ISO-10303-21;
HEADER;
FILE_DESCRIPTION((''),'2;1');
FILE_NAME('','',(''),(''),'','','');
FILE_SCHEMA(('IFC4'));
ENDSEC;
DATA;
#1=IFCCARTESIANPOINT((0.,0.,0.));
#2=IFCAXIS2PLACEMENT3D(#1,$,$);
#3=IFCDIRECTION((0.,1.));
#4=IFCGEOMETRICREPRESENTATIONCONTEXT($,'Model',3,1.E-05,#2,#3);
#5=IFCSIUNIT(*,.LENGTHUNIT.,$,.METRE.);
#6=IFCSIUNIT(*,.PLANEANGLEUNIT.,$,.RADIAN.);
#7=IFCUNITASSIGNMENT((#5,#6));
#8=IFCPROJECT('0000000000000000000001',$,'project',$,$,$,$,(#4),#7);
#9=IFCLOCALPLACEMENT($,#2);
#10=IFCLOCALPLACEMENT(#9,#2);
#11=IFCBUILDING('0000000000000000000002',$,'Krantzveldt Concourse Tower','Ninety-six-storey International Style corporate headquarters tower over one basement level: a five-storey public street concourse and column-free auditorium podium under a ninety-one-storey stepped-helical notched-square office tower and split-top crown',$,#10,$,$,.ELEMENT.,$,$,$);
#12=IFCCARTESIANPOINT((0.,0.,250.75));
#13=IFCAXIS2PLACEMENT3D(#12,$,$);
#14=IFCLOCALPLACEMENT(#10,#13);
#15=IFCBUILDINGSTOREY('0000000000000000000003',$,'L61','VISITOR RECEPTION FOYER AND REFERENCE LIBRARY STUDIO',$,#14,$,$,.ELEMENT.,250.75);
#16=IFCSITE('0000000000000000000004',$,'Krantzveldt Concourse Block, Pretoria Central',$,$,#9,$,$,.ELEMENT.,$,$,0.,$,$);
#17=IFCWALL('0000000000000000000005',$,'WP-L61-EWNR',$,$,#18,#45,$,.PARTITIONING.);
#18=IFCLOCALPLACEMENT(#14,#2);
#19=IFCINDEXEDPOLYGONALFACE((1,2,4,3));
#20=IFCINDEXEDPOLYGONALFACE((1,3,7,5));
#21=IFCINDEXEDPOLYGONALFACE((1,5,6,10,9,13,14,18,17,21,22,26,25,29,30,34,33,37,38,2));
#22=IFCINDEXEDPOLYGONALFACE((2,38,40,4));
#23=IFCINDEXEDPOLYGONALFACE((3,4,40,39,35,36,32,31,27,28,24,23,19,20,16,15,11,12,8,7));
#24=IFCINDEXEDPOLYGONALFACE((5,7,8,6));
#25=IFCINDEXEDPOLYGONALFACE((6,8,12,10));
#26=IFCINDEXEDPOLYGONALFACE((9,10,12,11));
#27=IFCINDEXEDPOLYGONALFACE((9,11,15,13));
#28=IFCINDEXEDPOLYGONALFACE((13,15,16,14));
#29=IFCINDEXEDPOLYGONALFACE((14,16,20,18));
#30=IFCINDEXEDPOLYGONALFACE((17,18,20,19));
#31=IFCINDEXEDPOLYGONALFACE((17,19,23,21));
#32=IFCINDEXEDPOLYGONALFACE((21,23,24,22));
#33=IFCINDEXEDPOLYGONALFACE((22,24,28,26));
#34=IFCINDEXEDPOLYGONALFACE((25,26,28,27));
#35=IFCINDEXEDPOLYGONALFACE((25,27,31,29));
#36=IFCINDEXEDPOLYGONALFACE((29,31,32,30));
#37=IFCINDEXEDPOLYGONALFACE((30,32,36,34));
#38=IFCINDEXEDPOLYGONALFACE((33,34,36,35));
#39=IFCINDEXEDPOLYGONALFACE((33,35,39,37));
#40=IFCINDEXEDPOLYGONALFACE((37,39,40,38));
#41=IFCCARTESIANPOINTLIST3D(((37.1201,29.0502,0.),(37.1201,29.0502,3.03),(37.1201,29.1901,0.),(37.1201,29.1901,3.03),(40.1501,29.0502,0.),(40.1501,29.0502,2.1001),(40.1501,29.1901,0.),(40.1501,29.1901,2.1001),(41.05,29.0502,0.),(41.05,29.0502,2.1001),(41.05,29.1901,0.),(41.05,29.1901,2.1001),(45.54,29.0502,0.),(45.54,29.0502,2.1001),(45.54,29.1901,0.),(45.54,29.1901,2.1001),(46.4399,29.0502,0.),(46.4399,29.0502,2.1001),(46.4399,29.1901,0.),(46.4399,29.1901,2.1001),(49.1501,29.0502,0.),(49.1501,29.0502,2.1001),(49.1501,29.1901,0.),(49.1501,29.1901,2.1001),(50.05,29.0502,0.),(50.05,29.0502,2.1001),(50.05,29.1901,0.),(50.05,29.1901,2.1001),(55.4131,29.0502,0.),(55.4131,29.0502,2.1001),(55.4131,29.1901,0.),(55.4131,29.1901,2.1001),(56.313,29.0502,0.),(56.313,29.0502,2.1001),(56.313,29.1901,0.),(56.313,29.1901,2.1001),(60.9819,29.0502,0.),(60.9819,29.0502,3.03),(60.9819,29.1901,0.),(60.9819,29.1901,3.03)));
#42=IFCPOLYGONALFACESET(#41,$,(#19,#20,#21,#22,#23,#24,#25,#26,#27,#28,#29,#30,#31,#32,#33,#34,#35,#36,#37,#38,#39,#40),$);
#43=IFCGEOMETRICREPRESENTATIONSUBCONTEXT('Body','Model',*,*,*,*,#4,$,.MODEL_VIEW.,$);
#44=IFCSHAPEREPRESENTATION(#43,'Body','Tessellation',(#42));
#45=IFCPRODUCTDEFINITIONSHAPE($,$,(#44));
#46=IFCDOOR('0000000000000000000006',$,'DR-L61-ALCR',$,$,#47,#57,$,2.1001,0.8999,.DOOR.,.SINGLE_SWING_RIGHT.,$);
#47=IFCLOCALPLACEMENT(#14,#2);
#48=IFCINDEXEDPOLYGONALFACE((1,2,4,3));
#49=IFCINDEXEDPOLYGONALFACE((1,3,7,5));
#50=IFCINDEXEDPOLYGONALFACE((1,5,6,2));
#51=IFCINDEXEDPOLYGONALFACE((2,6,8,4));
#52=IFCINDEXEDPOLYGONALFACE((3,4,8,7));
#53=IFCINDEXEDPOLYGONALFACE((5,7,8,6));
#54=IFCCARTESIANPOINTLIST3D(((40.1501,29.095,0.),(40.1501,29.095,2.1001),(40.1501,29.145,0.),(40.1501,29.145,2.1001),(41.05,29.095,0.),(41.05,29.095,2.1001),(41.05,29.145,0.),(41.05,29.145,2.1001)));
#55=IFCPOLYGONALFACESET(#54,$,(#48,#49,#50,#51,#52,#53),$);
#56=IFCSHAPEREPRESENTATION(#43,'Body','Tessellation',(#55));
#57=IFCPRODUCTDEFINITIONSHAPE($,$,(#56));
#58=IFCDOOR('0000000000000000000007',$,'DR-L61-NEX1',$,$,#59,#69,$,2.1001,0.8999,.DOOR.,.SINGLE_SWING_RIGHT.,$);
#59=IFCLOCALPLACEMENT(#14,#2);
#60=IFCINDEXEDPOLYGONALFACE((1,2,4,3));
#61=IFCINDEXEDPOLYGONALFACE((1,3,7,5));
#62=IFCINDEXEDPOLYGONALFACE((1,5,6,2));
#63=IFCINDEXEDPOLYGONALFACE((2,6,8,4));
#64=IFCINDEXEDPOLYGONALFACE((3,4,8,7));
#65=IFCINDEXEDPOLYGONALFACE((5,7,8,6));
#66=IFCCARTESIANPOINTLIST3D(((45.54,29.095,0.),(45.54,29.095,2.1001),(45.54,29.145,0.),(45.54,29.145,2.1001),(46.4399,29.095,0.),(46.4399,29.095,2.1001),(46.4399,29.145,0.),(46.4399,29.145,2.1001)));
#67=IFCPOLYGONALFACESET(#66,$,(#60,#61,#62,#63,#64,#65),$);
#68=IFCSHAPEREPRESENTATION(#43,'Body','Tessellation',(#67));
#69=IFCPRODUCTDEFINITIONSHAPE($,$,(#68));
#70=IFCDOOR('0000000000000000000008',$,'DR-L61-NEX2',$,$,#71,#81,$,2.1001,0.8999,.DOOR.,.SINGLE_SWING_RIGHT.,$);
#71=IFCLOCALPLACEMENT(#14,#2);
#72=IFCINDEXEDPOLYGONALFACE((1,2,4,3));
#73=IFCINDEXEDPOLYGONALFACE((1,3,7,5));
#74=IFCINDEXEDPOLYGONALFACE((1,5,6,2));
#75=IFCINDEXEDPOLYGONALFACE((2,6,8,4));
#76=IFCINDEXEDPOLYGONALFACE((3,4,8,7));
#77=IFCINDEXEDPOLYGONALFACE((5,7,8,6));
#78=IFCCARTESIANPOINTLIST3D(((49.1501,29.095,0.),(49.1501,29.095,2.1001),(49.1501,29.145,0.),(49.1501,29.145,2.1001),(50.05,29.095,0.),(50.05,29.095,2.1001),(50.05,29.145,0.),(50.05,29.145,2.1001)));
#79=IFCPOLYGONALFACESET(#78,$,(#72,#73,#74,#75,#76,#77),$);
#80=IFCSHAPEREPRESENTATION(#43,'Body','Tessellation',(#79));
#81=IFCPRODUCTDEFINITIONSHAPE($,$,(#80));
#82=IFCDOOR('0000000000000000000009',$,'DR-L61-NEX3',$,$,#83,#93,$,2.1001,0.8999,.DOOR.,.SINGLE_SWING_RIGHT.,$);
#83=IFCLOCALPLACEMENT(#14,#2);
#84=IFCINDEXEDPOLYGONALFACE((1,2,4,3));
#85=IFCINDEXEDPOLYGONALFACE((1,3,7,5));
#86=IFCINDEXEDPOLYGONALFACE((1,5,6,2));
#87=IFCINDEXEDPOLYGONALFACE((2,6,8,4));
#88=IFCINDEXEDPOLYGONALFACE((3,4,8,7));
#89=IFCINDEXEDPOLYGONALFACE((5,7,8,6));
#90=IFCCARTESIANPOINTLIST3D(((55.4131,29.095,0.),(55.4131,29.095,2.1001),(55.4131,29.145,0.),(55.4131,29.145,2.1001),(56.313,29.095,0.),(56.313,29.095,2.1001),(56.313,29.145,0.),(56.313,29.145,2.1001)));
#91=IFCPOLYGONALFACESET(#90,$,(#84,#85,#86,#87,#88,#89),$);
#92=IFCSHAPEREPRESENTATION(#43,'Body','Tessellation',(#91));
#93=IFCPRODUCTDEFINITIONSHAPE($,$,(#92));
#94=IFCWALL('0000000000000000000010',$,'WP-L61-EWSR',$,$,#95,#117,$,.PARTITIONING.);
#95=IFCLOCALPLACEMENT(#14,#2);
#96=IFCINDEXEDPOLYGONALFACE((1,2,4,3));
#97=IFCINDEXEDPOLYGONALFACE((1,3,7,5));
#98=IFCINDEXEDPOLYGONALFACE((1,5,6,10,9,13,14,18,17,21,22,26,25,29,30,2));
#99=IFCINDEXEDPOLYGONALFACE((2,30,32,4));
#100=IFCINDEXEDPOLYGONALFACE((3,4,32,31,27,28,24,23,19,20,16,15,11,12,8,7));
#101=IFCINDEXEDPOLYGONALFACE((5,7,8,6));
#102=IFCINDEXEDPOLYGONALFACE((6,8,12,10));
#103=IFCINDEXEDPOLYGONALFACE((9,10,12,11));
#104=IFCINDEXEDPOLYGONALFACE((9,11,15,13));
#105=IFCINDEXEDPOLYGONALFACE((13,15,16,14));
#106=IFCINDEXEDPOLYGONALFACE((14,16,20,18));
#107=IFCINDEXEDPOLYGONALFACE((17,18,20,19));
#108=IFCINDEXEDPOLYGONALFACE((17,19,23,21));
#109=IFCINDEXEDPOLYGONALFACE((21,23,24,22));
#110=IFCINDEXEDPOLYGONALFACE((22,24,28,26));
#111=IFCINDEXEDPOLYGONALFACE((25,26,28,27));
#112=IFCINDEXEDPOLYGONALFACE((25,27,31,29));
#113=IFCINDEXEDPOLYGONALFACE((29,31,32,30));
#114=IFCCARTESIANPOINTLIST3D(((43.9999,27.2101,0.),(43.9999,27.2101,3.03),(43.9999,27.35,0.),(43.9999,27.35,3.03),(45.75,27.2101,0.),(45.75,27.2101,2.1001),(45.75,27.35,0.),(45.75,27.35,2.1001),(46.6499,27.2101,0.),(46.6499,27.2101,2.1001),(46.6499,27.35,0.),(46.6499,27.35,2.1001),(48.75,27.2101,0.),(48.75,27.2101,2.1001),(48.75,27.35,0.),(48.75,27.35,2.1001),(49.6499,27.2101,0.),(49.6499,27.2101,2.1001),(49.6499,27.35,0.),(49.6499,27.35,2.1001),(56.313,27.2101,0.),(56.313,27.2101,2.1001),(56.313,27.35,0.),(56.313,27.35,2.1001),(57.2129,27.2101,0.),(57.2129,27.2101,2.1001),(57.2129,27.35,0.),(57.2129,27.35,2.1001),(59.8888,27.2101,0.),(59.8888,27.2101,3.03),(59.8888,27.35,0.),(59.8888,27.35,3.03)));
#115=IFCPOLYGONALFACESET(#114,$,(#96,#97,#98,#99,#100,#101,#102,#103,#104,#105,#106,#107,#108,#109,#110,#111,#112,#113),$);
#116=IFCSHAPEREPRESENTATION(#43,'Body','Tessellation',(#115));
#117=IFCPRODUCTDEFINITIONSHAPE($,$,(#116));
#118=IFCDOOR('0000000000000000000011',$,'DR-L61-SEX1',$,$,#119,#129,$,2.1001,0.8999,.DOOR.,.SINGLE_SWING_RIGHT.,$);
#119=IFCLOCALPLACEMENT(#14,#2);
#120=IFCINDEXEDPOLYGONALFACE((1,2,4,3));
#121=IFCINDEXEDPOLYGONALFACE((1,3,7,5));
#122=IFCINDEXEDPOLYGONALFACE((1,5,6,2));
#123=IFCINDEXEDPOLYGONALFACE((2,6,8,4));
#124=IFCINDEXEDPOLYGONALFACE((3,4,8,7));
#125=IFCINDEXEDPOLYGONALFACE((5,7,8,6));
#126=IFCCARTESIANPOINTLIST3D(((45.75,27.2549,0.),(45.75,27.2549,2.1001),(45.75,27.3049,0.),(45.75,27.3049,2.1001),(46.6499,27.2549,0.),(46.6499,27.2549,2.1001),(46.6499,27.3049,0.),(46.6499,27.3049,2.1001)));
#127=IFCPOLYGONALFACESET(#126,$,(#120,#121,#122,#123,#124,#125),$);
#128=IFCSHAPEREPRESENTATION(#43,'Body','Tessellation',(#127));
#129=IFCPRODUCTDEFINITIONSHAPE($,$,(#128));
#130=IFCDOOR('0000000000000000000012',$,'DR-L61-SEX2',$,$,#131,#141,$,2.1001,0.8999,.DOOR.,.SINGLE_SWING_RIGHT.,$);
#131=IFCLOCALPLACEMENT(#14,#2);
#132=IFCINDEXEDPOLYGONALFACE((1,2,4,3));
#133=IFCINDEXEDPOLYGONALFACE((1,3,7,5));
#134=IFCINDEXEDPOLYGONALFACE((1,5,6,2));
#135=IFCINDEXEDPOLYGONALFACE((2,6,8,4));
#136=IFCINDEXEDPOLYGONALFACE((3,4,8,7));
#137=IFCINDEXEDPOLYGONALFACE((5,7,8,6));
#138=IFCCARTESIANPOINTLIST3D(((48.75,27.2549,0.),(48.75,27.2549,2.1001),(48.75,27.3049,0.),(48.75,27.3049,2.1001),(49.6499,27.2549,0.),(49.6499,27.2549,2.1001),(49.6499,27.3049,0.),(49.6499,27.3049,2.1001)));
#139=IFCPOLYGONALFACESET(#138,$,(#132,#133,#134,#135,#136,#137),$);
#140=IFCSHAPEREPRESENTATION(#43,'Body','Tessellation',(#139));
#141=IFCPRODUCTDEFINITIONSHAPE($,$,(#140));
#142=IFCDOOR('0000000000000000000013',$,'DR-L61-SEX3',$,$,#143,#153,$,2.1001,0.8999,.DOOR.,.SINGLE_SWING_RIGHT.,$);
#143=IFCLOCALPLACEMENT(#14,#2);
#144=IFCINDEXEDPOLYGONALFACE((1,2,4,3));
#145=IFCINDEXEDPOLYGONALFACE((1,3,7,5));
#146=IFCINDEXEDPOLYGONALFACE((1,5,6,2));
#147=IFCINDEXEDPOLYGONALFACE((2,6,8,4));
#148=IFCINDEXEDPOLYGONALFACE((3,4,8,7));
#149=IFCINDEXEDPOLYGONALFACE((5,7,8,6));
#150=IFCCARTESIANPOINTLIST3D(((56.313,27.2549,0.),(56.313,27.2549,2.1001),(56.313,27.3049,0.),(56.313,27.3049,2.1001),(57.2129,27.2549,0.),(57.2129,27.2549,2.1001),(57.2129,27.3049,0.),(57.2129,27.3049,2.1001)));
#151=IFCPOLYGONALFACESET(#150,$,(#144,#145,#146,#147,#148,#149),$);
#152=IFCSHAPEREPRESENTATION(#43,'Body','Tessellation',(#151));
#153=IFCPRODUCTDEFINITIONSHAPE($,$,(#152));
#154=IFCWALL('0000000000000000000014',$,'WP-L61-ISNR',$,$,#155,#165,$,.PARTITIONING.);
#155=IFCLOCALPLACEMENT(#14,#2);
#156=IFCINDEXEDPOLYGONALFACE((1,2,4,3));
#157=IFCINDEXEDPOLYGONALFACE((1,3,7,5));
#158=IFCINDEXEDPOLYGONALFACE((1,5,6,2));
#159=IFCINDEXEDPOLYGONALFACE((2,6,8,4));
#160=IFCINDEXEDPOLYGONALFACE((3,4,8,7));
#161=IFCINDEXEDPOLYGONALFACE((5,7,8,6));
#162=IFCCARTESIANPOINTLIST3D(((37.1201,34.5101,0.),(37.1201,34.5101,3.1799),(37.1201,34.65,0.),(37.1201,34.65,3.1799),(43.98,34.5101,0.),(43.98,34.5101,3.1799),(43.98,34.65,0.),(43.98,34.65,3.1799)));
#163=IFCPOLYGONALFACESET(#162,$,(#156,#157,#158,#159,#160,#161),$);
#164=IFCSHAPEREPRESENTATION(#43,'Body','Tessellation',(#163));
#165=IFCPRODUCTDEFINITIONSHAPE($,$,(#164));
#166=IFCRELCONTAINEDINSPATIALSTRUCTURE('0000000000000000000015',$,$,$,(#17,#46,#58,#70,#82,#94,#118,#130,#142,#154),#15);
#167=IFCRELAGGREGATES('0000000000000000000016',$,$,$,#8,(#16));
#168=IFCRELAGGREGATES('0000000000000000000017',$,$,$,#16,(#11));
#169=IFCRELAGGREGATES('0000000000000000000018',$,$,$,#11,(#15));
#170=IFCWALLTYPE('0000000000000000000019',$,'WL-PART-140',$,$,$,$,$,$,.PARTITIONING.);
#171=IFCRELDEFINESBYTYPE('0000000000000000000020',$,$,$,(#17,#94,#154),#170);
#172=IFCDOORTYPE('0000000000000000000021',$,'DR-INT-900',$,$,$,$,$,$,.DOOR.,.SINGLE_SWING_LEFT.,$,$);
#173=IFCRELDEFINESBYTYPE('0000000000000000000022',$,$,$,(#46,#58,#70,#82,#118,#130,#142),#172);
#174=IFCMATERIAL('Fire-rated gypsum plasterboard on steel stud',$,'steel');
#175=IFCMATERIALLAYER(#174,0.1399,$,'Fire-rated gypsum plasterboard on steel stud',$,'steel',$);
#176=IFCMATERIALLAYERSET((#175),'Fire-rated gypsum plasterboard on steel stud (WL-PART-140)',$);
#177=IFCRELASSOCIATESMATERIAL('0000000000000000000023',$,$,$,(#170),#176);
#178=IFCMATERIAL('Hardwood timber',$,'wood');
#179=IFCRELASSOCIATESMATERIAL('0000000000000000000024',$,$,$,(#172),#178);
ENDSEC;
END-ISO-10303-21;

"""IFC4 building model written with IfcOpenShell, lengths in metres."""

from ifc_helpers import new_model, si_unit, direction, frame, frame_2d, origin, place, context, subcontext, project, spatial, rectangle, extrude, material, layer, layer_set, type_object, element, fill, save


model = new_model("IFC4")

# Units and contexts
model_context = context("Model", 3, precision=1e-05, world=origin(), true_north=direction((0.0, 1.0)))
body_context = subcontext(model_context, "Body", "Model", "MODEL_VIEW")
ifc_project = project(units=[si_unit("LENGTHUNIT", "METRE"), si_unit("PLANEANGLEUNIT", "RADIAN")], contexts=[model_context])

# Site, building, storey
site_placement = place(None, origin())
site = spatial("IfcSite", under=ifc_project, at=site_placement, Name="Krantzveldt Concourse Block, Pretoria Central", CompositionType="ELEMENT", RefElevation=0.0)
building_placement = place(site_placement, origin())
building = spatial("IfcBuilding", under=site, at=building_placement, Name="Krantzveldt Concourse Tower", Description="Ninety-six-storey International Style corporate headquarters tower over one basement level: a five-storey public street concourse and column-free auditorium podium under a ninety-one-storey stepped-helical notched-square office tower and split-top crown", CompositionType="ELEMENT")
storey_placement = place(building_placement, frame((0.0, 0.0, 250.75)))
storey = spatial("IfcBuildingStorey", under=building, at=storey_placement, Name="L61", Description="VISITOR RECEPTION FOYER AND REFERENCE LIBRARY STUDIO", CompositionType="ELEMENT", Elevation=250.75)

# Shared definitions
ifc_material_1 = material(Name="Fire-rated gypsum plasterboard on steel stud", Category="steel")

# Walls, openings, doors
ifc_layer_1 = layer(ifc_material_1, 0.1399, Name="Fire-rated gypsum plasterboard on steel stud", Category="steel")
ifc_layer_set_1 = layer_set([ifc_layer_1], Name="Fire-rated gypsum plasterboard on steel stud (WL-PART-140)")
wall_type_1 = type_object("IfcWallType", Name="WL-PART-140", PredefinedType="PARTITIONING", material=ifc_layer_set_1)
ifc_material_2 = material(Name="Hardwood timber", Category="wood")
door_type_1 = type_object("IfcDoorType", Name="DR-INT-900", OperationType="SINGLE_SWING_LEFT", PredefinedType="DOOR", material=ifc_material_2)
wall_1_placement = place(storey_placement, frame((37.1201, 29.1201, 0.0), z_axis=(0.0, 0.0, 1.0), x_axis=(1.0, 0.0, 0.0)))
wall_1 = element("IfcWall", 1, at=wall_1_placement, inside=storey, type_object=wall_type_1, Name="WP-L61-EWNR", PredefinedType="PARTITIONING", context=body_context, shape_type="SweptSolid", body=[
    extrude(rectangle(XDim=23.8618, YDim=0.1399, at=frame_2d((11.9309, 0.0))), origin(), (0.0, 0.0, 1.0), 3.03),
])
opening_1_placement = place(wall_1_placement, frame((3.03, 0.0, 0.0)))
opening_1 = element("IfcOpeningElement", 2, at=opening_1_placement, cuts=wall_1, PredefinedType="OPENING", context=body_context, shape_type="SweptSolid", body=[
    extrude(rectangle(XDim=0.8999, YDim=2.1001, at=frame_2d((0.45, 1.05))), frame((0.0, 0.0801, 0.0), z_axis=(0.0, -1.0, 0.0), x_axis=(1.0, 0.0, 0.0)), (0.0, 0.0, 1.0), 0.1599),
])
opening_2_placement = place(wall_1_placement, frame((8.4199, 0.0, 0.0)))
opening_2 = element("IfcOpeningElement", 3, at=opening_2_placement, cuts=wall_1, PredefinedType="OPENING", context=body_context, shape_type="SweptSolid", body=[
    extrude(rectangle(XDim=0.8999, YDim=2.1001, at=frame_2d((0.45, 1.05))), frame((0.0, 0.0801, 0.0), z_axis=(0.0, -1.0, 0.0), x_axis=(1.0, 0.0, 0.0)), (0.0, 0.0, 1.0), 0.1599),
])
opening_3_placement = place(wall_1_placement, frame((12.03, 0.0, 0.0)))
opening_3 = element("IfcOpeningElement", 4, at=opening_3_placement, cuts=wall_1, PredefinedType="OPENING", context=body_context, shape_type="SweptSolid", body=[
    extrude(rectangle(XDim=0.8999, YDim=2.1001, at=frame_2d((0.45, 1.05))), frame((0.0, 0.0801, 0.0), z_axis=(0.0, -1.0, 0.0), x_axis=(1.0, 0.0, 0.0)), (0.0, 0.0, 1.0), 0.1599),
])
opening_4_placement = place(wall_1_placement, frame((18.293, 0.0, 0.0)))
opening_4 = element("IfcOpeningElement", 5, at=opening_4_placement, cuts=wall_1, PredefinedType="OPENING", context=body_context, shape_type="SweptSolid", body=[
    extrude(rectangle(XDim=0.8999, YDim=2.1001, at=frame_2d((0.45, 1.05))), frame((0.0, 0.0801, 0.0), z_axis=(0.0, -1.0, 0.0), x_axis=(1.0, 0.0, 0.0)), (0.0, 0.0, 1.0), 0.1599),
])
door_1_placement = place(opening_1_placement, origin())
door_1 = element("IfcDoor", 6, at=door_1_placement, inside=storey, type_object=door_type_1, Name="DR-L61-ALCR", OperationType="SINGLE_SWING_RIGHT", OverallHeight=2.1001, OverallWidth=0.8999, PredefinedType="DOOR", context=body_context, shape_type="SweptSolid", body=[
    extrude(rectangle(XDim=0.8999, YDim=2.1001, at=frame_2d((0.45, 1.05))), frame((0.0, 0.0249, 0.0), z_axis=(0.0, -1.0, 0.0), x_axis=(1.0, 0.0, 0.0)), (0.0, 0.0, 1.0), 0.05),
])
fill(opening_1, door_1)
door_2_placement = place(opening_2_placement, origin())
door_2 = element("IfcDoor", 7, at=door_2_placement, inside=storey, type_object=door_type_1, Name="DR-L61-NEX1", OperationType="SINGLE_SWING_RIGHT", OverallHeight=2.1001, OverallWidth=0.8999, PredefinedType="DOOR", context=body_context, shape_type="SweptSolid", body=[
    extrude(rectangle(XDim=0.8999, YDim=2.1001, at=frame_2d((0.45, 1.05))), frame((0.0, 0.0249, 0.0), z_axis=(0.0, -1.0, 0.0), x_axis=(1.0, 0.0, 0.0)), (0.0, 0.0, 1.0), 0.05),
])
fill(opening_2, door_2)
door_3_placement = place(opening_3_placement, origin())
door_3 = element("IfcDoor", 8, at=door_3_placement, inside=storey, type_object=door_type_1, Name="DR-L61-NEX2", OperationType="SINGLE_SWING_RIGHT", OverallHeight=2.1001, OverallWidth=0.8999, PredefinedType="DOOR", context=body_context, shape_type="SweptSolid", body=[
    extrude(rectangle(XDim=0.8999, YDim=2.1001, at=frame_2d((0.45, 1.05))), frame((0.0, 0.0249, 0.0), z_axis=(0.0, -1.0, 0.0), x_axis=(1.0, 0.0, 0.0)), (0.0, 0.0, 1.0), 0.05),
])
fill(opening_3, door_3)
door_4_placement = place(opening_4_placement, origin())
door_4 = element("IfcDoor", 9, at=door_4_placement, inside=storey, type_object=door_type_1, Name="DR-L61-NEX3", OperationType="SINGLE_SWING_RIGHT", OverallHeight=2.1001, OverallWidth=0.8999, PredefinedType="DOOR", context=body_context, shape_type="SweptSolid", body=[
    extrude(rectangle(XDim=0.8999, YDim=2.1001, at=frame_2d((0.45, 1.05))), frame((0.0, 0.0249, 0.0), z_axis=(0.0, -1.0, 0.0), x_axis=(1.0, 0.0, 0.0)), (0.0, 0.0, 1.0), 0.05),
])
fill(opening_4, door_4)
wall_2_placement = place(storey_placement, frame((44.0, 27.28, 0.0), z_axis=(0.0, 0.0, 1.0), x_axis=(1.0, 0.0, 0.0)))
wall_2 = element("IfcWall", 10, at=wall_2_placement, inside=storey, type_object=wall_type_1, Name="WP-L61-EWSR", PredefinedType="PARTITIONING", context=body_context, shape_type="SweptSolid", body=[
    extrude(rectangle(XDim=15.8889, YDim=0.1399, at=frame_2d((7.9443, 0.0))), origin(), (0.0, 0.0, 1.0), 3.03),
])
opening_5_placement = place(wall_2_placement, frame((1.75, 0.0, 0.0)))
opening_5 = element("IfcOpeningElement", 11, at=opening_5_placement, cuts=wall_2, PredefinedType="OPENING", context=body_context, shape_type="SweptSolid", body=[
    extrude(rectangle(XDim=0.8999, YDim=2.1001, at=frame_2d((0.45, 1.05))), frame((0.0, 0.0801, 0.0), z_axis=(0.0, -1.0, 0.0), x_axis=(1.0, 0.0, 0.0)), (0.0, 0.0, 1.0), 0.1599),
])
opening_6_placement = place(wall_2_placement, frame((4.75, 0.0, 0.0)))
opening_6 = element("IfcOpeningElement", 12, at=opening_6_placement, cuts=wall_2, PredefinedType="OPENING", context=body_context, shape_type="SweptSolid", body=[
    extrude(rectangle(XDim=0.8999, YDim=2.1001, at=frame_2d((0.45, 1.05))), frame((0.0, 0.0801, 0.0), z_axis=(0.0, -1.0, 0.0), x_axis=(1.0, 0.0, 0.0)), (0.0, 0.0, 1.0), 0.1599),
])
opening_7_placement = place(wall_2_placement, frame((12.313, 0.0, 0.0)))
opening_7 = element("IfcOpeningElement", 13, at=opening_7_placement, cuts=wall_2, PredefinedType="OPENING", context=body_context, shape_type="SweptSolid", body=[
    extrude(rectangle(XDim=0.8999, YDim=2.1001, at=frame_2d((0.45, 1.05))), frame((0.0, 0.0801, 0.0), z_axis=(0.0, -1.0, 0.0), x_axis=(1.0, 0.0, 0.0)), (0.0, 0.0, 1.0), 0.1599),
])
door_5_placement = place(opening_5_placement, origin())
door_5 = element("IfcDoor", 14, at=door_5_placement, inside=storey, type_object=door_type_1, Name="DR-L61-SEX1", OperationType="SINGLE_SWING_RIGHT", OverallHeight=2.1001, OverallWidth=0.8999, PredefinedType="DOOR", context=body_context, shape_type="SweptSolid", body=[
    extrude(rectangle(XDim=0.8999, YDim=2.1001, at=frame_2d((0.45, 1.05))), frame((0.0, 0.0249, 0.0), z_axis=(0.0, -1.0, 0.0), x_axis=(1.0, 0.0, 0.0)), (0.0, 0.0, 1.0), 0.05),
])
fill(opening_5, door_5)
door_6_placement = place(opening_6_placement, origin())
door_6 = element("IfcDoor", 15, at=door_6_placement, inside=storey, type_object=door_type_1, Name="DR-L61-SEX2", OperationType="SINGLE_SWING_RIGHT", OverallHeight=2.1001, OverallWidth=0.8999, PredefinedType="DOOR", context=body_context, shape_type="SweptSolid", body=[
    extrude(rectangle(XDim=0.8999, YDim=2.1001, at=frame_2d((0.45, 1.05))), frame((0.0, 0.0249, 0.0), z_axis=(0.0, -1.0, 0.0), x_axis=(1.0, 0.0, 0.0)), (0.0, 0.0, 1.0), 0.05),
])
fill(opening_6, door_6)
door_7_placement = place(opening_7_placement, origin())
door_7 = element("IfcDoor", 16, at=door_7_placement, inside=storey, type_object=door_type_1, Name="DR-L61-SEX3", OperationType="SINGLE_SWING_RIGHT", OverallHeight=2.1001, OverallWidth=0.8999, PredefinedType="DOOR", context=body_context, shape_type="SweptSolid", body=[
    extrude(rectangle(XDim=0.8999, YDim=2.1001, at=frame_2d((0.45, 1.05))), frame((0.0, 0.0249, 0.0), z_axis=(0.0, -1.0, 0.0), x_axis=(1.0, 0.0, 0.0)), (0.0, 0.0, 1.0), 0.05),
])
fill(opening_7, door_7)

# Wall
wall_3_placement = place(storey_placement, frame((37.1201, 34.5801, 0.0), z_axis=(0.0, 0.0, 1.0), x_axis=(1.0, 0.0, 0.0)))
element("IfcWall", 17, at=wall_3_placement, inside=storey, type_object=wall_type_1, Name="WP-L61-ISNR", PredefinedType="PARTITIONING", context=body_context, shape_type="SweptSolid", body=[
    extrude(rectangle(XDim=6.8599, YDim=0.1399, at=frame_2d((3.4299, 0.0))), origin(), (0.0, 0.0, 1.0), 3.1799),
])

save(model, "model.ifc")
